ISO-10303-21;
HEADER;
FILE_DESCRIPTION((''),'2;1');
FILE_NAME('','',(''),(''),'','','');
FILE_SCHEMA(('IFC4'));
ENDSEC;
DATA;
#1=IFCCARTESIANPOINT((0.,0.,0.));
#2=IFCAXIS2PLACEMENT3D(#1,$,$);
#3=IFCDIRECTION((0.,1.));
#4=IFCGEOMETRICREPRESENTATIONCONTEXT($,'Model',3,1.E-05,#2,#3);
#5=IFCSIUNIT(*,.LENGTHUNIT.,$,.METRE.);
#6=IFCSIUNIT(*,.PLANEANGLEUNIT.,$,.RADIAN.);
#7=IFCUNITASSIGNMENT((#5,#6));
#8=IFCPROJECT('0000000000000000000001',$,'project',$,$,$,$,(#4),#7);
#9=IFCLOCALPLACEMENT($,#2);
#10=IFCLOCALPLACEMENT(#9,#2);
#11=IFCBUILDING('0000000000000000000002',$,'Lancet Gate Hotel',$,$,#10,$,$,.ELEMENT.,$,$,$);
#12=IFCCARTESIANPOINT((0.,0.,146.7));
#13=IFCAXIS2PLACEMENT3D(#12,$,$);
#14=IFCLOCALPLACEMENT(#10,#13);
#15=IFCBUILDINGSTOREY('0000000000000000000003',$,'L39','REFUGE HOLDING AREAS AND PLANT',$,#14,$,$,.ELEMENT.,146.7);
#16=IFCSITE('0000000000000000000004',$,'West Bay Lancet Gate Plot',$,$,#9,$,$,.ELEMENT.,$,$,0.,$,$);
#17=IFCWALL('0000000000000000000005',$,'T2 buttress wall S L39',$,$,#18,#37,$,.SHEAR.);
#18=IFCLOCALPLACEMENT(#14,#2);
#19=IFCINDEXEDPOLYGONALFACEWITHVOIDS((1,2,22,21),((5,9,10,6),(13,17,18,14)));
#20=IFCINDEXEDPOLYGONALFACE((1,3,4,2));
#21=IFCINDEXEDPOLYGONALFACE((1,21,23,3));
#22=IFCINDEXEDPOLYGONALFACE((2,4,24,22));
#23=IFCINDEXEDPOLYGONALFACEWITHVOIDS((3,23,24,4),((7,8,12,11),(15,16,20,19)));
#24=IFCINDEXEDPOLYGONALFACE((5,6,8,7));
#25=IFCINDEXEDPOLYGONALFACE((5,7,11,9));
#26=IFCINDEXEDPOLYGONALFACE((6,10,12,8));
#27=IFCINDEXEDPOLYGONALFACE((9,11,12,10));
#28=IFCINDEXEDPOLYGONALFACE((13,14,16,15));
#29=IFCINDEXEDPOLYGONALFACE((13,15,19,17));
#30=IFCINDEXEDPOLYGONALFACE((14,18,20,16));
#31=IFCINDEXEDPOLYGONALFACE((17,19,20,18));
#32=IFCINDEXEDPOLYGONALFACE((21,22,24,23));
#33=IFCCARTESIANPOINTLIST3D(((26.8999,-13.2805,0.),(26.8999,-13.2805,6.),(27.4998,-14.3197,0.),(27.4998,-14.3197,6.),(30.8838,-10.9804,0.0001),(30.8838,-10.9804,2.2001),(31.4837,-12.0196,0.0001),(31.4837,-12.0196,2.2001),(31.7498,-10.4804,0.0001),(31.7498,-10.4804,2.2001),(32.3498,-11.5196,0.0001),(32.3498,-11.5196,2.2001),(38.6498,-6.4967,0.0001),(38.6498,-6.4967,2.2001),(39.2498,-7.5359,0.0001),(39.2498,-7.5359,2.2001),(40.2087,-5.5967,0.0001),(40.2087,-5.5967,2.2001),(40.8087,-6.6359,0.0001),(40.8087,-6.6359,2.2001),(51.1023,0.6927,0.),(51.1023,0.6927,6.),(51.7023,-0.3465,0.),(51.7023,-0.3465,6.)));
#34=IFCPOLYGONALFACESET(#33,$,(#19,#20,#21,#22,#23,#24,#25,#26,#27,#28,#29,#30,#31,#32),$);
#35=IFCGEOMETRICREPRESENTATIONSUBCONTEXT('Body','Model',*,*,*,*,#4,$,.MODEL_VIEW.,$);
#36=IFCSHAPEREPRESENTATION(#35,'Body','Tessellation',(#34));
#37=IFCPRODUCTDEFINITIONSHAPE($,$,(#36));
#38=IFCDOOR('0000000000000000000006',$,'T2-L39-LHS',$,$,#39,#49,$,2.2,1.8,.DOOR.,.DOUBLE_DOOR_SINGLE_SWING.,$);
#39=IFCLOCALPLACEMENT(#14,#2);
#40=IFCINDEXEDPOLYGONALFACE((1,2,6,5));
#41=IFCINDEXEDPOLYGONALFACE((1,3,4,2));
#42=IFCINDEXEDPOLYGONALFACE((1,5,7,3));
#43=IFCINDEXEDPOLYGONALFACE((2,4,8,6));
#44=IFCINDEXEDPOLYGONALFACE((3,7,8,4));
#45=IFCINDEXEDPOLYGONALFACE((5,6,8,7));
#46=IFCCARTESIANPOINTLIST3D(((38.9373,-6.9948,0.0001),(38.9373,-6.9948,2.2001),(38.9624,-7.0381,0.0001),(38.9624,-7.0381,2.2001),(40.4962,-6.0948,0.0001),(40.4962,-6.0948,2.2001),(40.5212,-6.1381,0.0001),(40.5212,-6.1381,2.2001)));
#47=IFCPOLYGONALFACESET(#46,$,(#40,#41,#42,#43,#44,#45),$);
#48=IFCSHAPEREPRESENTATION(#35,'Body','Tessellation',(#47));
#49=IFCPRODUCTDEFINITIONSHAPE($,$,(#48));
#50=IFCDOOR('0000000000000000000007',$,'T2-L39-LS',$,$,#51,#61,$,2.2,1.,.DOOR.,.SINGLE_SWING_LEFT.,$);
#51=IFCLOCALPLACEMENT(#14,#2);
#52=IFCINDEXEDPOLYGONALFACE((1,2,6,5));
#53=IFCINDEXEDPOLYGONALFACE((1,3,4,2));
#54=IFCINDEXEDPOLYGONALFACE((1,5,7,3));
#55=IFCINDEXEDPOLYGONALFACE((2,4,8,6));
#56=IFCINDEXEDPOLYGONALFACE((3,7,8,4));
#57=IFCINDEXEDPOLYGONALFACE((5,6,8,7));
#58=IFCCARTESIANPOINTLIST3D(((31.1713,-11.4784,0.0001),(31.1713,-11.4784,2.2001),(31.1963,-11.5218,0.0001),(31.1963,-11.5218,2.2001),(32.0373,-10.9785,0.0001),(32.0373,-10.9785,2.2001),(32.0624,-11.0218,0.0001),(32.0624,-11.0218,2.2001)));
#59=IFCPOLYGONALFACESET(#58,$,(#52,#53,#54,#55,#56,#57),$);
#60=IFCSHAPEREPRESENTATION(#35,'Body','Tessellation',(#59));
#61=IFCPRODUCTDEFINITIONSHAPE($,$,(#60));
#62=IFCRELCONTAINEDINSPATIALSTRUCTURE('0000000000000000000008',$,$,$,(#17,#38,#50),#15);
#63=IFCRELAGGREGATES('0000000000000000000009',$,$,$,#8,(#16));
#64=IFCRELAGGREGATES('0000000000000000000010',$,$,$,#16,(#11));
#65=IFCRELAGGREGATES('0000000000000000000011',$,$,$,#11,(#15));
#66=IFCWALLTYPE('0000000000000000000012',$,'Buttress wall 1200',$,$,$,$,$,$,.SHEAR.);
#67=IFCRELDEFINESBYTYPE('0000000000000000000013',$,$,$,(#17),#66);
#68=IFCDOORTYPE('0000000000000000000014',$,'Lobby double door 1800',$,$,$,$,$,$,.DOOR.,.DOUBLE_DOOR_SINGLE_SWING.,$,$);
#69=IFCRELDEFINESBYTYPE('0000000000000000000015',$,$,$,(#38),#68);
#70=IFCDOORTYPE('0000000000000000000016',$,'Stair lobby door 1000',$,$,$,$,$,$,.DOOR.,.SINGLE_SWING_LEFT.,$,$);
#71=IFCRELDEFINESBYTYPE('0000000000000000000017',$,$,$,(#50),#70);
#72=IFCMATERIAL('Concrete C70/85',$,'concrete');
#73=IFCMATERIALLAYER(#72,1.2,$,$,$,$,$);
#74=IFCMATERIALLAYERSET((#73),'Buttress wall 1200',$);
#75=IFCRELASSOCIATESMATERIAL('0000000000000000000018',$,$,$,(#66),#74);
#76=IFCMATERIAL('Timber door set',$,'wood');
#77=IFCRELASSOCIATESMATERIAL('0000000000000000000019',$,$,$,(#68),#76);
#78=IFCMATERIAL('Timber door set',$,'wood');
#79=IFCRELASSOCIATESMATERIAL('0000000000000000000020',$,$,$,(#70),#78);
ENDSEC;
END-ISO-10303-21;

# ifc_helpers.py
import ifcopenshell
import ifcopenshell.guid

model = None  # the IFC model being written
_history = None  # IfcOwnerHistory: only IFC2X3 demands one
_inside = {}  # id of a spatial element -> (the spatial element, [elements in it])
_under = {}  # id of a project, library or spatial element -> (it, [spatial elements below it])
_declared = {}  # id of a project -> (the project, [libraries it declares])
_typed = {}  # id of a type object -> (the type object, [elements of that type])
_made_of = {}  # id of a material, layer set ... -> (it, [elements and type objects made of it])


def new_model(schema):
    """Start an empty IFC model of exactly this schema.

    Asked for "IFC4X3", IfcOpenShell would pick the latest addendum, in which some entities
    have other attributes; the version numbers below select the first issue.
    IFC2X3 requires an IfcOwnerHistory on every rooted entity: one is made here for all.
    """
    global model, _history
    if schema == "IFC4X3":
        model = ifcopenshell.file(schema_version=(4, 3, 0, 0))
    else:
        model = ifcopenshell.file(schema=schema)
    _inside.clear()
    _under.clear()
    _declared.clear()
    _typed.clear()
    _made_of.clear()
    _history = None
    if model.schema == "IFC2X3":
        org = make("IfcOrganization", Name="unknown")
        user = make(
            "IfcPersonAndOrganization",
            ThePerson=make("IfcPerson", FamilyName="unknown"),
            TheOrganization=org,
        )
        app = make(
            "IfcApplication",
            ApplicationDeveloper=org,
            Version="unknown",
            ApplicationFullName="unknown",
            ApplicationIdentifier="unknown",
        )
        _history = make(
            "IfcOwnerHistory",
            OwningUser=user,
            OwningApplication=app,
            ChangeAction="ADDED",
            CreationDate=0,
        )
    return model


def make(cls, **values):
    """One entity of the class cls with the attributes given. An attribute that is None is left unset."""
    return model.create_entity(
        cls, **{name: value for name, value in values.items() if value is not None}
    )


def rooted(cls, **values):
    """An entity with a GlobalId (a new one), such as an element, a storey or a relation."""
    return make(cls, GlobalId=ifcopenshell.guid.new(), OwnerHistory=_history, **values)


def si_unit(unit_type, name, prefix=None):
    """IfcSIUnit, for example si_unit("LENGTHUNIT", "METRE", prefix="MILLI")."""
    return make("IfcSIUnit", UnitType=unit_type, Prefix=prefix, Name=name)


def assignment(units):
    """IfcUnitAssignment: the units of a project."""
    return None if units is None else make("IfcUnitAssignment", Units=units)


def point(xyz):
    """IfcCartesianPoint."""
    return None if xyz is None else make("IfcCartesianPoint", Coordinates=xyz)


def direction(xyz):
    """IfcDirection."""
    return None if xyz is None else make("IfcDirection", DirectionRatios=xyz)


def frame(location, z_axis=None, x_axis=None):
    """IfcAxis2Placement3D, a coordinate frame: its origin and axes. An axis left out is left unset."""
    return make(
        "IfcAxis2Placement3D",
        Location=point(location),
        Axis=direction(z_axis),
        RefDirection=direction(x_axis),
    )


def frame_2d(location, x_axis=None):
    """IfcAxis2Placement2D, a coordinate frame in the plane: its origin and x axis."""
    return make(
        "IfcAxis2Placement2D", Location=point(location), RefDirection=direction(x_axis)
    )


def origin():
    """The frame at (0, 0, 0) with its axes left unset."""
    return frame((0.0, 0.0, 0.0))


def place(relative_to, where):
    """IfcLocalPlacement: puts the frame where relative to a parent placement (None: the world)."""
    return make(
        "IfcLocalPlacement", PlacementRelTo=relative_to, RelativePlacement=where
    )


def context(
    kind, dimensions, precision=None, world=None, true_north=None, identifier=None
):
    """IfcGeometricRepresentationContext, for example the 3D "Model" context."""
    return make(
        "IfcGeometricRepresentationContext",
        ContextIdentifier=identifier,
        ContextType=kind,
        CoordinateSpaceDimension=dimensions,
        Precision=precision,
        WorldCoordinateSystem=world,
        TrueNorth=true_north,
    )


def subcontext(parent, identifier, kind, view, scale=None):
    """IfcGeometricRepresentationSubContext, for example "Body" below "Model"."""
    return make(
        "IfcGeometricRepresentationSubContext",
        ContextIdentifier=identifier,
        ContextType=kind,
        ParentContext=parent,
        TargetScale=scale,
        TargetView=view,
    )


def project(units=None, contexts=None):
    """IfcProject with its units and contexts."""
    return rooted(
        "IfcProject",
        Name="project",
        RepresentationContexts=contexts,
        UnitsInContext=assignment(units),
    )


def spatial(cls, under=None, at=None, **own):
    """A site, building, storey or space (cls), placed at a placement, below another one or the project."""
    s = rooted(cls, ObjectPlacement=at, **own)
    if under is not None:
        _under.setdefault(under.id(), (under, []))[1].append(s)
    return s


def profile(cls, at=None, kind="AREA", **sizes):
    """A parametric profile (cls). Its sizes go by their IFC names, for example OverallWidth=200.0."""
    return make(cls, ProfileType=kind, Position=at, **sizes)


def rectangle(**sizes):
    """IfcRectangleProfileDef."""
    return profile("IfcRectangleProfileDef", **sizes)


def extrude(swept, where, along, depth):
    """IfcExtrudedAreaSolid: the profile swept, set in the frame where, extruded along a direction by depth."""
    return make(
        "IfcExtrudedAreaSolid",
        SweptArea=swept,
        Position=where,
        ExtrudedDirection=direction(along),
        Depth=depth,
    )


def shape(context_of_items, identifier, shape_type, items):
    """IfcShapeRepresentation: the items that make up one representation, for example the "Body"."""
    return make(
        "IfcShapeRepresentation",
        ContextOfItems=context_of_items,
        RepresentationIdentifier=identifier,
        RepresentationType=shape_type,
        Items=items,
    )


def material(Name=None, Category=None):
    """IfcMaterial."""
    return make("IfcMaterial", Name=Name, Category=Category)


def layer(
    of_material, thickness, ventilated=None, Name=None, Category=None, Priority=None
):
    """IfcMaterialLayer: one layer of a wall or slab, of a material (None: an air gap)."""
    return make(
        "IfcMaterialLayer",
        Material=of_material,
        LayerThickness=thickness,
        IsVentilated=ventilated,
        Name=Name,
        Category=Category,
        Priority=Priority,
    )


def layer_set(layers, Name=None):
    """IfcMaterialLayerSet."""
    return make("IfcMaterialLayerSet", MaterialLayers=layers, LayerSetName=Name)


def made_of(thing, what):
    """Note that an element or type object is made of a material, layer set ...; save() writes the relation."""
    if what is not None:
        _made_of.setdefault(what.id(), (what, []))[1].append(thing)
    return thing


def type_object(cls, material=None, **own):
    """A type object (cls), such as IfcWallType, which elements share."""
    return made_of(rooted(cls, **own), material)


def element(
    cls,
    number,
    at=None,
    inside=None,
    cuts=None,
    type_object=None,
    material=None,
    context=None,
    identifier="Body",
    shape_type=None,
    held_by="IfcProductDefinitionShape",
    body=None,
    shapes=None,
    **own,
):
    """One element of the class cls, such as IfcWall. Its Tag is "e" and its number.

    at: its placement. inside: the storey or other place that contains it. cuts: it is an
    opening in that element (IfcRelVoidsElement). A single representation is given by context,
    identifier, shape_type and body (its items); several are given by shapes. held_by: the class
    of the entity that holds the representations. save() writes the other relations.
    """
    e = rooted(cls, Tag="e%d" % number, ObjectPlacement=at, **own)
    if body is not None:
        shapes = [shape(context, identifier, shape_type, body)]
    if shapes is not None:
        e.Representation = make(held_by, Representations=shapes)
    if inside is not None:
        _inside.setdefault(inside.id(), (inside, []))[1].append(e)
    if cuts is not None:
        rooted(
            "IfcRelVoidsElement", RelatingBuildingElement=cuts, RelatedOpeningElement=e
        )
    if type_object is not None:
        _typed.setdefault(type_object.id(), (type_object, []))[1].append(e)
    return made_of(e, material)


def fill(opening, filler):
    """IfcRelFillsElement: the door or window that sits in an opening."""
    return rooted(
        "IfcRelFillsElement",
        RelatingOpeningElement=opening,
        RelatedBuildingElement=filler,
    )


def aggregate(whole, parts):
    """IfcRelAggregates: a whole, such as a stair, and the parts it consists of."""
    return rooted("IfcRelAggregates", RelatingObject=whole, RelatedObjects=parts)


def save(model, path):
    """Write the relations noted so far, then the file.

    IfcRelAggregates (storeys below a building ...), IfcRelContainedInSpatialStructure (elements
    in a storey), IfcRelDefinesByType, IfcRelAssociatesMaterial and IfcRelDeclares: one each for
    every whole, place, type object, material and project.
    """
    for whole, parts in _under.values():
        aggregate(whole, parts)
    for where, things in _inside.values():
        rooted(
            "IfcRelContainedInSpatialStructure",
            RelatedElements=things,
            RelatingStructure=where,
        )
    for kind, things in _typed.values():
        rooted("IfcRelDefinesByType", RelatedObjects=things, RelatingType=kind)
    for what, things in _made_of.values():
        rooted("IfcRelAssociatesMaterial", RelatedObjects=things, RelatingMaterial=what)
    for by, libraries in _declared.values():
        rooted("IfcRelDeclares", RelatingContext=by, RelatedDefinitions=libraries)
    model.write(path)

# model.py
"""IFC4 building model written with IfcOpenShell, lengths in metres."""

from ifc_helpers import new_model, si_unit, direction, frame, frame_2d, origin, place, context, subcontext, project, spatial, rectangle, extrude, material, layer, layer_set, type_object, element, fill, save


model = new_model("IFC4")

# Units and contexts
model_context = context("Model", 3, precision=1e-05, world=origin(), true_north=direction((0.0, 1.0)))
body_context = subcontext(model_context, "Body", "Model", "MODEL_VIEW")
ifc_project = project(units=[si_unit("LENGTHUNIT", "METRE"), si_unit("PLANEANGLEUNIT", "RADIAN")], contexts=[model_context])

# Site, building, storey
site_placement = place(None, origin())
site = spatial("IfcSite", under=ifc_project, at=site_placement, Name="West Bay Lancet Gate Plot", CompositionType="ELEMENT", RefElevation=0.0)
building_placement = place(site_placement, origin())
building = spatial("IfcBuilding", under=site, at=building_placement, Name="Lancet Gate Hotel", CompositionType="ELEMENT")
storey_placement = place(building_placement, frame((0.0, 0.0, 146.7)))
storey = spatial("IfcBuildingStorey", under=building, at=storey_placement, Name="L39", Description="REFUGE HOLDING AREAS AND PLANT", CompositionType="ELEMENT", Elevation=146.7)

# Wall, openings, doors
ifc_material_1 = material(Name="Concrete C70/85", Category="concrete")
ifc_layer_1 = layer(ifc_material_1, 1.2)
ifc_layer_set_1 = layer_set([ifc_layer_1], Name="Buttress wall 1200")
wall_type = type_object("IfcWallType", Name="Buttress wall 1200", PredefinedType="SHEAR", material=ifc_layer_set_1)
wall_placement = place(storey_placement, frame((27.2, -13.8, 0.0), z_axis=(0.0, 0.0, 1.0), x_axis=(0.866027, 0.499997, 0.0)))
wall = element("IfcWall", 1, at=wall_placement, inside=storey, type_object=wall_type, Name="T2 buttress wall S L39", PredefinedType="SHEAR", context=body_context, shape_type="SweptSolid", body=[
    extrude(rectangle(XDim=27.9465, YDim=1.2, at=frame_2d((13.9731, 0.0))), origin(), (0.0, 0.0, 1.0), 6.0),
])
opening_1_placement = place(wall_placement, frame((4.6001, 0.0, 0.0)))
opening_1 = element("IfcOpeningElement", 2, at=opening_1_placement, cuts=wall, PredefinedType="OPENING", context=body_context, shape_type="SweptSolid", body=[
    extrude(rectangle(XDim=1.0, YDim=2.2, at=frame_2d((0.5, 1.1001))), frame((0.0, 0.6099, 0.0), z_axis=(0.0, -1.0, 0.0), x_axis=(1.0, 0.0, 0.0)), (0.0, 0.0, 1.0), 1.22),
])
opening_2_placement = place(wall_placement, frame((13.5676, 0.0, 0.0)))
opening_2 = element("IfcOpeningElement", 3, at=opening_2_placement, cuts=wall, PredefinedType="OPENING", context=body_context, shape_type="SweptSolid", body=[
    extrude(rectangle(XDim=1.8, YDim=2.2, at=frame_2d((0.8999, 1.1001))), frame((0.0, 0.6099, 0.0), z_axis=(0.0, -1.0, 0.0), x_axis=(1.0, 0.0, 0.0)), (0.0, 0.0, 1.0), 1.22),
])
ifc_material_2 = material(Name="Timber door set", Category="wood")
door_type_1 = type_object("IfcDoorType", Name="Lobby double door 1800", OperationType="DOUBLE_DOOR_SINGLE_SWING", PredefinedType="DOOR", material=ifc_material_2)
door_1_placement = place(opening_2_placement, origin())
door_1 = element("IfcDoor", 4, at=door_1_placement, inside=storey, type_object=door_type_1, Name="T2-L39-LHS", OperationType="DOUBLE_DOOR_SINGLE_SWING", OverallHeight=2.2, OverallWidth=1.8, PredefinedType="DOOR", context=body_context, shape_type="SweptSolid", body=[
    extrude(rectangle(XDim=1.8, YDim=2.2, at=frame_2d((0.8999, 1.1001))), frame((0.0, 0.0249, 0.0), z_axis=(0.0, -1.0, 0.0), x_axis=(1.0, 0.0, 0.0)), (0.0, 0.0, 1.0), 0.05),
])
fill(opening_2, door_1)
ifc_material_3 = material(Name="Timber door set", Category="wood")
door_type_2 = type_object("IfcDoorType", Name="Stair lobby door 1000", OperationType="SINGLE_SWING_LEFT", PredefinedType="DOOR", material=ifc_material_3)
door_2_placement = place(opening_1_placement, origin())
door_2 = element("IfcDoor", 5, at=door_2_placement, inside=storey, type_object=door_type_2, Name="T2-L39-LS", OperationType="SINGLE_SWING_LEFT", OverallHeight=2.2, OverallWidth=1.0, PredefinedType="DOOR", context=body_context, shape_type="SweptSolid", body=[
    extrude(rectangle(XDim=1.0, YDim=2.2, at=frame_2d((0.5, 1.1001))), frame((0.0, 0.0249, 0.0), z_axis=(0.0, -1.0, 0.0), x_axis=(1.0, 0.0, 0.0)), (0.0, 0.0, 1.0), 0.05),
])
fill(opening_1, door_2)

save(model, "model.ifc")
